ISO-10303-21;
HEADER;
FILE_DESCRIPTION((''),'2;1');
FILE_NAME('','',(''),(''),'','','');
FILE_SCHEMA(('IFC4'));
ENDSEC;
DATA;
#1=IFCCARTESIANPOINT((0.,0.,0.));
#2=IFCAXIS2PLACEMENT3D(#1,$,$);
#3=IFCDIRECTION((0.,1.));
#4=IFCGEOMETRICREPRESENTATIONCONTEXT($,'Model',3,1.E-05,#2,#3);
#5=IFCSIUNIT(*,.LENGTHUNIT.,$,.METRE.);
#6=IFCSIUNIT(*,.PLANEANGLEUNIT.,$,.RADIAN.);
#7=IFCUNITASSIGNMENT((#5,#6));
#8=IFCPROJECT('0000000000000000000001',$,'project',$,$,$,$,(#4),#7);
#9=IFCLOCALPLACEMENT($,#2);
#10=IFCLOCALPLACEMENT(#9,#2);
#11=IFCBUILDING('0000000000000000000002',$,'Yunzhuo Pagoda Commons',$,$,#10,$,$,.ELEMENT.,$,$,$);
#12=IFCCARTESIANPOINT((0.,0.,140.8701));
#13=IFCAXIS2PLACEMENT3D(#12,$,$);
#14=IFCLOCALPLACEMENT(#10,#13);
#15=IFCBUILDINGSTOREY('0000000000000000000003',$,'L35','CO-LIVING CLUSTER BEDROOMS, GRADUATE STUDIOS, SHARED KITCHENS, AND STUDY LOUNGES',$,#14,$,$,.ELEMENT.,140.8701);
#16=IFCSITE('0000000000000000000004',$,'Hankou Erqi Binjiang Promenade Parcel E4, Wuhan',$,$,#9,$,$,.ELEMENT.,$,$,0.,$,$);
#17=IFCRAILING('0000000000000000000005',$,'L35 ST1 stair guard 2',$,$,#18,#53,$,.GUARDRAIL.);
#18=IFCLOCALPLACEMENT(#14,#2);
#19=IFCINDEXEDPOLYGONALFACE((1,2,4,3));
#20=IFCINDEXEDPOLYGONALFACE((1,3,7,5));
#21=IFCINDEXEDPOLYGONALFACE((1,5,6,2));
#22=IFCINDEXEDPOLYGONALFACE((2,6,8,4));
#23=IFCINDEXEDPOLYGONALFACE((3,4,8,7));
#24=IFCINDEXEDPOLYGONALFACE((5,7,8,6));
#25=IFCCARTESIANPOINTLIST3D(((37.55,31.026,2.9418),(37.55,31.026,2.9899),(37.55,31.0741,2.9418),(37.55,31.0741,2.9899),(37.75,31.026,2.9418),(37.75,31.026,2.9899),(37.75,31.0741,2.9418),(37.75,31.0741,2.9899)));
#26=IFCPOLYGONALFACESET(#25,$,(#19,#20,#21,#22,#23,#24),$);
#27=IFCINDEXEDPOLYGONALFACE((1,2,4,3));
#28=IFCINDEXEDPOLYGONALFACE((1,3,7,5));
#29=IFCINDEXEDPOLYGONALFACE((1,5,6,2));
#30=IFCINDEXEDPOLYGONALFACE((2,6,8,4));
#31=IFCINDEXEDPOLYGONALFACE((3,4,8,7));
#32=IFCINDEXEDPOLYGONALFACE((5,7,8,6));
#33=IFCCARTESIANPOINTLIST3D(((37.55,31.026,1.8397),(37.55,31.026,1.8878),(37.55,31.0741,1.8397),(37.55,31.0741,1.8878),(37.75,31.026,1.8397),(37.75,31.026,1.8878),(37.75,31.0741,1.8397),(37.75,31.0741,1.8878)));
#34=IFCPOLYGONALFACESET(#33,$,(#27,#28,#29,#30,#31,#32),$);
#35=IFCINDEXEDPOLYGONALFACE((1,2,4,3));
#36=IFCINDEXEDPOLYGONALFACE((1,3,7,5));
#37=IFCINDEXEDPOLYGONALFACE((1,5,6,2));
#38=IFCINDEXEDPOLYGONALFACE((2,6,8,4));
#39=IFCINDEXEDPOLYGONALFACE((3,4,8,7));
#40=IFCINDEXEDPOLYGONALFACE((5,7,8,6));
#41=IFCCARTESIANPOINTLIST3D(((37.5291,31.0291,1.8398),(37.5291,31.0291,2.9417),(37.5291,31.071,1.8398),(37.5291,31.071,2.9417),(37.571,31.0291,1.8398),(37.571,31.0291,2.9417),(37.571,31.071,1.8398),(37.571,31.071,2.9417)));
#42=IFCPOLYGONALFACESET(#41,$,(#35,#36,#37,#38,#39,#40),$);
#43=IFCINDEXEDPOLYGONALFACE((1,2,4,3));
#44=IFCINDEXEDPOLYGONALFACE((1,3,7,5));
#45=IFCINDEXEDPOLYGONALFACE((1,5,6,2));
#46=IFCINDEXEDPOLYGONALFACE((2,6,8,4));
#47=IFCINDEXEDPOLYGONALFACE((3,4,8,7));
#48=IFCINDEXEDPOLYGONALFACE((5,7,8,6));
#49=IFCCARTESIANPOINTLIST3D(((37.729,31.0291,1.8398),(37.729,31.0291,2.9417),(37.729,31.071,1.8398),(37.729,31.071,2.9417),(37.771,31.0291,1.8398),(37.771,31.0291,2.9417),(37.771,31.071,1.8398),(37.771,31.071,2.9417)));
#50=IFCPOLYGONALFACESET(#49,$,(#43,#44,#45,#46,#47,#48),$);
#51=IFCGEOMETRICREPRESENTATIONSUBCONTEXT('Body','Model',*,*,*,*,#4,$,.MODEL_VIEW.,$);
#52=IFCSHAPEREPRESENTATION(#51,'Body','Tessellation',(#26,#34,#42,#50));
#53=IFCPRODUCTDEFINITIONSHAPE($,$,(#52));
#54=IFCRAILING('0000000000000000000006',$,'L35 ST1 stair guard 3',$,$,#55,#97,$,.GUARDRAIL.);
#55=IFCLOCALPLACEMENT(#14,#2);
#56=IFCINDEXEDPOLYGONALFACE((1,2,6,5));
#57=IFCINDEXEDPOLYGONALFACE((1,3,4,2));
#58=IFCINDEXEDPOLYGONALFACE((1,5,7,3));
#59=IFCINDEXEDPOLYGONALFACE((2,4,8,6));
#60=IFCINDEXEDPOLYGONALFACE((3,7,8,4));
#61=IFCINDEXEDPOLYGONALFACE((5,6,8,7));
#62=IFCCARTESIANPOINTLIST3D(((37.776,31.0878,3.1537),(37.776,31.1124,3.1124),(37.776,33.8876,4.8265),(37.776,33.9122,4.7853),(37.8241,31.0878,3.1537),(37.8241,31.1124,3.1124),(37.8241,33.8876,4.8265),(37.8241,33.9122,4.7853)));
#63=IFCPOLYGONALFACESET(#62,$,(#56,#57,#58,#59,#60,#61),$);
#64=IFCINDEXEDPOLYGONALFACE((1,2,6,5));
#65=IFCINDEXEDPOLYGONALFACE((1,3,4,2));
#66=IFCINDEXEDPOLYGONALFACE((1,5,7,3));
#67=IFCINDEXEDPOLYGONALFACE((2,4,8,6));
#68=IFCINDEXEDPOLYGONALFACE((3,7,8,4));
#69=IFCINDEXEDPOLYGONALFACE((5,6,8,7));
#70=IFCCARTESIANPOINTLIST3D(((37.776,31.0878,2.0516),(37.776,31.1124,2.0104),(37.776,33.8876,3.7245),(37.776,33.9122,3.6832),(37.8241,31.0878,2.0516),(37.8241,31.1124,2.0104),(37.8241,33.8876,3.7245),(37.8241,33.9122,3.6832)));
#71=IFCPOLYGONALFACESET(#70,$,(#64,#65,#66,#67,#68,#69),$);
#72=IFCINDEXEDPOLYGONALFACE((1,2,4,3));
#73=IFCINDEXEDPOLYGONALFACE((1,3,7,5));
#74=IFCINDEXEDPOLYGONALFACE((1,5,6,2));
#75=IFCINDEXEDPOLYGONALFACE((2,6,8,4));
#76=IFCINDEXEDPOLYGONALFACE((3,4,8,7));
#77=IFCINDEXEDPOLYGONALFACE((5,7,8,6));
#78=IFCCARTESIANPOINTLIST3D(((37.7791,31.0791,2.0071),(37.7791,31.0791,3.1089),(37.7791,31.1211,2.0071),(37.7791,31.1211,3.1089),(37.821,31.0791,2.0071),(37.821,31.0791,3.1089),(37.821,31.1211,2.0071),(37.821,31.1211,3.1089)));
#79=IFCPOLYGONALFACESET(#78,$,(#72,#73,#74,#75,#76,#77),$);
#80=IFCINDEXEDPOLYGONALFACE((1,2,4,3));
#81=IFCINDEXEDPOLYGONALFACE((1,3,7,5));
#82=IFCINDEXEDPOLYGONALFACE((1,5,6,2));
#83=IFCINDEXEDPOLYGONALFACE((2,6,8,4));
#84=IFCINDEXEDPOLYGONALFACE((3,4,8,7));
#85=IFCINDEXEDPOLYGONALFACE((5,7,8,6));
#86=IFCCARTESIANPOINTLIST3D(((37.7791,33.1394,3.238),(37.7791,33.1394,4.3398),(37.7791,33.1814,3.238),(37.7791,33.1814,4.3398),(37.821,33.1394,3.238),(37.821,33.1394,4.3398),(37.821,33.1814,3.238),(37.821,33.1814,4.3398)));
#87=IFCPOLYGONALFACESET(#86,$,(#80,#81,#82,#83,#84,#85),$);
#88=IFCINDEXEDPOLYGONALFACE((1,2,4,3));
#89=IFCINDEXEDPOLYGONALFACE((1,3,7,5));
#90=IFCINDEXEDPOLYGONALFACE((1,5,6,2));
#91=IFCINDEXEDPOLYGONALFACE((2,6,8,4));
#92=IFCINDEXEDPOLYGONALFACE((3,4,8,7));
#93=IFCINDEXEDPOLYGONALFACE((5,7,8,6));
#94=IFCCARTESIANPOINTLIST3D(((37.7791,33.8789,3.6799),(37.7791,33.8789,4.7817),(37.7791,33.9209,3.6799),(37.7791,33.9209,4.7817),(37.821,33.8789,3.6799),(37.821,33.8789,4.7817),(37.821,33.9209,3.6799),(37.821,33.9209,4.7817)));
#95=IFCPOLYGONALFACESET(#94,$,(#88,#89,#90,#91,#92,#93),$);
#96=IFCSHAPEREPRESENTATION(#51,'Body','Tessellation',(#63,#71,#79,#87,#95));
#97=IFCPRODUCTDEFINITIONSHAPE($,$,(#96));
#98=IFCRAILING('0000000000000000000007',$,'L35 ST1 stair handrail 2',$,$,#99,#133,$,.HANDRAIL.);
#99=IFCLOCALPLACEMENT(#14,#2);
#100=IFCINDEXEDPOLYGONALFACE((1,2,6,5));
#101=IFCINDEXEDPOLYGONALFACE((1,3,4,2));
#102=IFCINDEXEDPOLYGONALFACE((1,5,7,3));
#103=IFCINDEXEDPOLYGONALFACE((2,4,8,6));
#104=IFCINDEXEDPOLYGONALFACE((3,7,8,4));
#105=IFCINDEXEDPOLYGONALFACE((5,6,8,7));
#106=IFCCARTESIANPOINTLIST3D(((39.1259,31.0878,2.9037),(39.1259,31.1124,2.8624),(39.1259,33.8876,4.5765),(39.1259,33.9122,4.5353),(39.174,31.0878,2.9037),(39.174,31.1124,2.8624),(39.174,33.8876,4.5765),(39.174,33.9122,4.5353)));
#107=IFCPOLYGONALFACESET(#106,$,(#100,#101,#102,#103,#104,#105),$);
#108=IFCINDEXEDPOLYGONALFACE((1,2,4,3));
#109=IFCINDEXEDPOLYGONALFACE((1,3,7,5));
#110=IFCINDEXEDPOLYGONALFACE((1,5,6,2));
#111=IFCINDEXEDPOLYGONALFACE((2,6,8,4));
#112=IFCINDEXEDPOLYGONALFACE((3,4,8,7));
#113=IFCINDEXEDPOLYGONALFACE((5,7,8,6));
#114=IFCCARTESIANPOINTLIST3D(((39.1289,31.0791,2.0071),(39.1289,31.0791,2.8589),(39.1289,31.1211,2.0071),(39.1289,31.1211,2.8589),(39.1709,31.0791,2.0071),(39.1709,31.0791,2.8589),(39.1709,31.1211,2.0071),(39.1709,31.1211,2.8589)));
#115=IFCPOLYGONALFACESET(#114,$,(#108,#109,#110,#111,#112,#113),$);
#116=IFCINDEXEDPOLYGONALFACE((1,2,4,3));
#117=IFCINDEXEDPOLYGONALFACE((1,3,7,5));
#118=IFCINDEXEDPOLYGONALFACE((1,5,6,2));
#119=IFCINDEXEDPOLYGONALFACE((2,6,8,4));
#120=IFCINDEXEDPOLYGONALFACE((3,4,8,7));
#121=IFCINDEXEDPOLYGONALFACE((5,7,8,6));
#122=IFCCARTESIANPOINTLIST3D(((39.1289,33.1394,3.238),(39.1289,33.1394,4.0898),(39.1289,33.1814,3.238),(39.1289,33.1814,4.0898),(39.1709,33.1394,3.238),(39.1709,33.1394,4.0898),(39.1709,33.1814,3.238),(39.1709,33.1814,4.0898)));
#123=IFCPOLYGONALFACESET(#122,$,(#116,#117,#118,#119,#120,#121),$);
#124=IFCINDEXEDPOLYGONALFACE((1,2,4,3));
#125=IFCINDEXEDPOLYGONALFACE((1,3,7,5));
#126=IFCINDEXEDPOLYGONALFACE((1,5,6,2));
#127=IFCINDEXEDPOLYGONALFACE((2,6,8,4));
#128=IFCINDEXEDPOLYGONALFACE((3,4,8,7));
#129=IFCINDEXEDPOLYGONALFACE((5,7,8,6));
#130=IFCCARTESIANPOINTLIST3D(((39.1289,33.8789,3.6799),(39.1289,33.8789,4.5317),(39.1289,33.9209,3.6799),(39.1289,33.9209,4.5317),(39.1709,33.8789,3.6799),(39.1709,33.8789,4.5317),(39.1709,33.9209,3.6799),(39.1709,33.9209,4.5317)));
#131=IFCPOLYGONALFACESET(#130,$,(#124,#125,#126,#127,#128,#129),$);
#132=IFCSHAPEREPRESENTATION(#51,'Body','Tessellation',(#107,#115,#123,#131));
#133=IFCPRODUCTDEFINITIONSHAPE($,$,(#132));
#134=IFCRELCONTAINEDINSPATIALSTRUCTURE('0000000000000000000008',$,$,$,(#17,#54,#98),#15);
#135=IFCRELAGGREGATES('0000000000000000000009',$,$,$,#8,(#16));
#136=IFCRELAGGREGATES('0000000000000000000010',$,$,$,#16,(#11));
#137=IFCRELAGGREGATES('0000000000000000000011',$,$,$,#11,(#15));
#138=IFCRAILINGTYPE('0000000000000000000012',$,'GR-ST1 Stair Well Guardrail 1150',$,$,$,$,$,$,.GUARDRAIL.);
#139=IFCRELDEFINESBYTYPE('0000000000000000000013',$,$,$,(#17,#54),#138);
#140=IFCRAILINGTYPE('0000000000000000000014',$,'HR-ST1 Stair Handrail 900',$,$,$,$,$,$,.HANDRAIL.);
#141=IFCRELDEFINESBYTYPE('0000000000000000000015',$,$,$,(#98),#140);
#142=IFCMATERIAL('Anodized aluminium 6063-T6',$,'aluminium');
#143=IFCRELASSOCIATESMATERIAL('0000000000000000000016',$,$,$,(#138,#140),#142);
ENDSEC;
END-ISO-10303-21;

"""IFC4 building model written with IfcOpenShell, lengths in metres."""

from ifc_helpers import new_model, si_unit, direction, frame, origin, origin_2d, place, context, subcontext, project, spatial, rectangle, extrude, material, type_object, element, save


model = new_model("IFC4")

# Units and contexts
model_context = context("Model", 3, precision=1e-05, world=origin(), true_north=direction((0.0, 1.0)))
body_context = subcontext(model_context, "Body", "Model", "MODEL_VIEW")
ifc_project = project(units=[si_unit("LENGTHUNIT", "METRE"), si_unit("PLANEANGLEUNIT", "RADIAN")], contexts=[model_context])

# Site, building, storey
site_placement = place(None, origin())
site = spatial("IfcSite", under=ifc_project, at=site_placement, Name="Hankou Erqi Binjiang Promenade Parcel E4, Wuhan", CompositionType="ELEMENT", RefElevation=0.0)
building_placement = place(site_placement, origin())
building = spatial("IfcBuilding", under=site, at=building_placement, Name="Yunzhuo Pagoda Commons", CompositionType="ELEMENT")
storey_placement = place(building_placement, frame((0.0, 0.0, 140.8701)))
storey = spatial("IfcBuildingStorey", under=building, at=storey_placement, Name="L35", Description="CO-LIVING CLUSTER BEDROOMS, GRADUATE STUDIOS, SHARED KITCHENS, AND STUDY LOUNGES", CompositionType="ELEMENT", Elevation=140.8701)

# Railings
ifc_material_1 = material(Name="Anodized aluminium 6063-T6", Category="aluminium")
railing_type_1 = type_object("IfcRailingType", Name="GR-ST1 Stair Well Guardrail 1150", PredefinedType="GUARDRAIL", material=ifc_material_1)
railing_1_placement = place(storey_placement, frame((37.55, 31.05, 1.8398)))
element("IfcRailing", 1, at=railing_1_placement, inside=storey, type_object=railing_type_1, Name="L35 ST1 stair guard 2", PredefinedType="GUARDRAIL", context=body_context, shape_type="SweptSolid", body=[
    extrude(rectangle(XDim=0.0481, YDim=0.0481, at=origin_2d()), frame((0.0, 0.0, 1.126), z_axis=(1.0, 0.0, 0.0), x_axis=(0.0, 1.0, 0.0)), (0.0, 0.0, 1.0), 0.2),
    extrude(rectangle(XDim=0.0481, YDim=0.0481, at=origin_2d()), frame((0.0, 0.0, 0.0239), z_axis=(1.0, 0.0, 0.0), x_axis=(0.0, 1.0, 0.0)), (0.0, 0.0, 1.0), 0.2),
    extrude(rectangle(XDim=0.042, YDim=0.042, at=origin_2d()), origin(), (0.0, 0.0, 1.0), 1.1018),
    extrude(rectangle(XDim=0.042, YDim=0.042, at=origin_2d()), frame((0.2, 0.0, 0.0)), (0.0, 0.0, 1.0), 1.1018),
])
railing_2_placement = place(storey_placement, frame((37.8, 31.1001, 2.0071)))
element("IfcRailing", 2, at=railing_2_placement, inside=storey, type_object=railing_type_1, Name="L35 ST1 stair guard 3", PredefinedType="GUARDRAIL", context=body_context, shape_type="SweptSolid", body=[
    extrude(rectangle(XDim=0.0481, YDim=0.0481, at=origin_2d()), frame((0.0, 0.0, 1.126), z_axis=(0.0, 0.858443, 0.51291), x_axis=(-1.0, 0.0, 0.0)), (0.0, 0.0, 1.0), 3.2615),
    extrude(rectangle(XDim=0.0481, YDim=0.0481, at=origin_2d()), frame((0.0, 0.0, 0.0239), z_axis=(0.0, 0.858443, 0.51291), x_axis=(-1.0, 0.0, 0.0)), (0.0, 0.0, 1.0), 3.2615),
    extrude(rectangle(XDim=0.042, YDim=0.042, at=origin_2d()), origin(), (0.0, 0.0, 1.0), 1.1018),
    extrude(rectangle(XDim=0.042, YDim=0.042, at=origin_2d()), frame((0.0, 2.0603, 1.231)), (0.0, 0.0, 1.0), 1.1018),
    extrude(rectangle(XDim=0.042, YDim=0.042, at=origin_2d()), frame((0.0, 2.7998, 1.6729)), (0.0, 0.0, 1.0), 1.1018),
])
railing_type_2 = type_object("IfcRailingType", Name="HR-ST1 Stair Handrail 900", PredefinedType="HANDRAIL", material=ifc_material_1)
railing_3_placement = place(storey_placement, frame((39.1499, 31.1001, 2.0071)))
element("IfcRailing", 3, at=railing_3_placement, inside=storey, type_object=railing_type_2, Name="L35 ST1 stair handrail 2", PredefinedType="HANDRAIL", context=body_context, shape_type="SweptSolid", body=[
    extrude(rectangle(XDim=0.0481, YDim=0.0481, at=origin_2d()), frame((0.0, 0.0, 0.876), z_axis=(0.0, 0.858443, 0.51291), x_axis=(-1.0, 0.0, 0.0)), (0.0, 0.0, 1.0), 3.2615),
    extrude(rectangle(XDim=0.042, YDim=0.042, at=origin_2d()), origin(), (0.0, 0.0, 1.0), 0.8518),
    extrude(rectangle(XDim=0.042, YDim=0.042, at=origin_2d()), frame((0.0, 2.0603, 1.231)), (0.0, 0.0, 1.0), 0.8518),
    extrude(rectangle(XDim=0.042, YDim=0.042, at=origin_2d()), frame((0.0, 2.7998, 1.6729)), (0.0, 0.0, 1.0), 0.8518),
])

save(model, "model.ifc")
